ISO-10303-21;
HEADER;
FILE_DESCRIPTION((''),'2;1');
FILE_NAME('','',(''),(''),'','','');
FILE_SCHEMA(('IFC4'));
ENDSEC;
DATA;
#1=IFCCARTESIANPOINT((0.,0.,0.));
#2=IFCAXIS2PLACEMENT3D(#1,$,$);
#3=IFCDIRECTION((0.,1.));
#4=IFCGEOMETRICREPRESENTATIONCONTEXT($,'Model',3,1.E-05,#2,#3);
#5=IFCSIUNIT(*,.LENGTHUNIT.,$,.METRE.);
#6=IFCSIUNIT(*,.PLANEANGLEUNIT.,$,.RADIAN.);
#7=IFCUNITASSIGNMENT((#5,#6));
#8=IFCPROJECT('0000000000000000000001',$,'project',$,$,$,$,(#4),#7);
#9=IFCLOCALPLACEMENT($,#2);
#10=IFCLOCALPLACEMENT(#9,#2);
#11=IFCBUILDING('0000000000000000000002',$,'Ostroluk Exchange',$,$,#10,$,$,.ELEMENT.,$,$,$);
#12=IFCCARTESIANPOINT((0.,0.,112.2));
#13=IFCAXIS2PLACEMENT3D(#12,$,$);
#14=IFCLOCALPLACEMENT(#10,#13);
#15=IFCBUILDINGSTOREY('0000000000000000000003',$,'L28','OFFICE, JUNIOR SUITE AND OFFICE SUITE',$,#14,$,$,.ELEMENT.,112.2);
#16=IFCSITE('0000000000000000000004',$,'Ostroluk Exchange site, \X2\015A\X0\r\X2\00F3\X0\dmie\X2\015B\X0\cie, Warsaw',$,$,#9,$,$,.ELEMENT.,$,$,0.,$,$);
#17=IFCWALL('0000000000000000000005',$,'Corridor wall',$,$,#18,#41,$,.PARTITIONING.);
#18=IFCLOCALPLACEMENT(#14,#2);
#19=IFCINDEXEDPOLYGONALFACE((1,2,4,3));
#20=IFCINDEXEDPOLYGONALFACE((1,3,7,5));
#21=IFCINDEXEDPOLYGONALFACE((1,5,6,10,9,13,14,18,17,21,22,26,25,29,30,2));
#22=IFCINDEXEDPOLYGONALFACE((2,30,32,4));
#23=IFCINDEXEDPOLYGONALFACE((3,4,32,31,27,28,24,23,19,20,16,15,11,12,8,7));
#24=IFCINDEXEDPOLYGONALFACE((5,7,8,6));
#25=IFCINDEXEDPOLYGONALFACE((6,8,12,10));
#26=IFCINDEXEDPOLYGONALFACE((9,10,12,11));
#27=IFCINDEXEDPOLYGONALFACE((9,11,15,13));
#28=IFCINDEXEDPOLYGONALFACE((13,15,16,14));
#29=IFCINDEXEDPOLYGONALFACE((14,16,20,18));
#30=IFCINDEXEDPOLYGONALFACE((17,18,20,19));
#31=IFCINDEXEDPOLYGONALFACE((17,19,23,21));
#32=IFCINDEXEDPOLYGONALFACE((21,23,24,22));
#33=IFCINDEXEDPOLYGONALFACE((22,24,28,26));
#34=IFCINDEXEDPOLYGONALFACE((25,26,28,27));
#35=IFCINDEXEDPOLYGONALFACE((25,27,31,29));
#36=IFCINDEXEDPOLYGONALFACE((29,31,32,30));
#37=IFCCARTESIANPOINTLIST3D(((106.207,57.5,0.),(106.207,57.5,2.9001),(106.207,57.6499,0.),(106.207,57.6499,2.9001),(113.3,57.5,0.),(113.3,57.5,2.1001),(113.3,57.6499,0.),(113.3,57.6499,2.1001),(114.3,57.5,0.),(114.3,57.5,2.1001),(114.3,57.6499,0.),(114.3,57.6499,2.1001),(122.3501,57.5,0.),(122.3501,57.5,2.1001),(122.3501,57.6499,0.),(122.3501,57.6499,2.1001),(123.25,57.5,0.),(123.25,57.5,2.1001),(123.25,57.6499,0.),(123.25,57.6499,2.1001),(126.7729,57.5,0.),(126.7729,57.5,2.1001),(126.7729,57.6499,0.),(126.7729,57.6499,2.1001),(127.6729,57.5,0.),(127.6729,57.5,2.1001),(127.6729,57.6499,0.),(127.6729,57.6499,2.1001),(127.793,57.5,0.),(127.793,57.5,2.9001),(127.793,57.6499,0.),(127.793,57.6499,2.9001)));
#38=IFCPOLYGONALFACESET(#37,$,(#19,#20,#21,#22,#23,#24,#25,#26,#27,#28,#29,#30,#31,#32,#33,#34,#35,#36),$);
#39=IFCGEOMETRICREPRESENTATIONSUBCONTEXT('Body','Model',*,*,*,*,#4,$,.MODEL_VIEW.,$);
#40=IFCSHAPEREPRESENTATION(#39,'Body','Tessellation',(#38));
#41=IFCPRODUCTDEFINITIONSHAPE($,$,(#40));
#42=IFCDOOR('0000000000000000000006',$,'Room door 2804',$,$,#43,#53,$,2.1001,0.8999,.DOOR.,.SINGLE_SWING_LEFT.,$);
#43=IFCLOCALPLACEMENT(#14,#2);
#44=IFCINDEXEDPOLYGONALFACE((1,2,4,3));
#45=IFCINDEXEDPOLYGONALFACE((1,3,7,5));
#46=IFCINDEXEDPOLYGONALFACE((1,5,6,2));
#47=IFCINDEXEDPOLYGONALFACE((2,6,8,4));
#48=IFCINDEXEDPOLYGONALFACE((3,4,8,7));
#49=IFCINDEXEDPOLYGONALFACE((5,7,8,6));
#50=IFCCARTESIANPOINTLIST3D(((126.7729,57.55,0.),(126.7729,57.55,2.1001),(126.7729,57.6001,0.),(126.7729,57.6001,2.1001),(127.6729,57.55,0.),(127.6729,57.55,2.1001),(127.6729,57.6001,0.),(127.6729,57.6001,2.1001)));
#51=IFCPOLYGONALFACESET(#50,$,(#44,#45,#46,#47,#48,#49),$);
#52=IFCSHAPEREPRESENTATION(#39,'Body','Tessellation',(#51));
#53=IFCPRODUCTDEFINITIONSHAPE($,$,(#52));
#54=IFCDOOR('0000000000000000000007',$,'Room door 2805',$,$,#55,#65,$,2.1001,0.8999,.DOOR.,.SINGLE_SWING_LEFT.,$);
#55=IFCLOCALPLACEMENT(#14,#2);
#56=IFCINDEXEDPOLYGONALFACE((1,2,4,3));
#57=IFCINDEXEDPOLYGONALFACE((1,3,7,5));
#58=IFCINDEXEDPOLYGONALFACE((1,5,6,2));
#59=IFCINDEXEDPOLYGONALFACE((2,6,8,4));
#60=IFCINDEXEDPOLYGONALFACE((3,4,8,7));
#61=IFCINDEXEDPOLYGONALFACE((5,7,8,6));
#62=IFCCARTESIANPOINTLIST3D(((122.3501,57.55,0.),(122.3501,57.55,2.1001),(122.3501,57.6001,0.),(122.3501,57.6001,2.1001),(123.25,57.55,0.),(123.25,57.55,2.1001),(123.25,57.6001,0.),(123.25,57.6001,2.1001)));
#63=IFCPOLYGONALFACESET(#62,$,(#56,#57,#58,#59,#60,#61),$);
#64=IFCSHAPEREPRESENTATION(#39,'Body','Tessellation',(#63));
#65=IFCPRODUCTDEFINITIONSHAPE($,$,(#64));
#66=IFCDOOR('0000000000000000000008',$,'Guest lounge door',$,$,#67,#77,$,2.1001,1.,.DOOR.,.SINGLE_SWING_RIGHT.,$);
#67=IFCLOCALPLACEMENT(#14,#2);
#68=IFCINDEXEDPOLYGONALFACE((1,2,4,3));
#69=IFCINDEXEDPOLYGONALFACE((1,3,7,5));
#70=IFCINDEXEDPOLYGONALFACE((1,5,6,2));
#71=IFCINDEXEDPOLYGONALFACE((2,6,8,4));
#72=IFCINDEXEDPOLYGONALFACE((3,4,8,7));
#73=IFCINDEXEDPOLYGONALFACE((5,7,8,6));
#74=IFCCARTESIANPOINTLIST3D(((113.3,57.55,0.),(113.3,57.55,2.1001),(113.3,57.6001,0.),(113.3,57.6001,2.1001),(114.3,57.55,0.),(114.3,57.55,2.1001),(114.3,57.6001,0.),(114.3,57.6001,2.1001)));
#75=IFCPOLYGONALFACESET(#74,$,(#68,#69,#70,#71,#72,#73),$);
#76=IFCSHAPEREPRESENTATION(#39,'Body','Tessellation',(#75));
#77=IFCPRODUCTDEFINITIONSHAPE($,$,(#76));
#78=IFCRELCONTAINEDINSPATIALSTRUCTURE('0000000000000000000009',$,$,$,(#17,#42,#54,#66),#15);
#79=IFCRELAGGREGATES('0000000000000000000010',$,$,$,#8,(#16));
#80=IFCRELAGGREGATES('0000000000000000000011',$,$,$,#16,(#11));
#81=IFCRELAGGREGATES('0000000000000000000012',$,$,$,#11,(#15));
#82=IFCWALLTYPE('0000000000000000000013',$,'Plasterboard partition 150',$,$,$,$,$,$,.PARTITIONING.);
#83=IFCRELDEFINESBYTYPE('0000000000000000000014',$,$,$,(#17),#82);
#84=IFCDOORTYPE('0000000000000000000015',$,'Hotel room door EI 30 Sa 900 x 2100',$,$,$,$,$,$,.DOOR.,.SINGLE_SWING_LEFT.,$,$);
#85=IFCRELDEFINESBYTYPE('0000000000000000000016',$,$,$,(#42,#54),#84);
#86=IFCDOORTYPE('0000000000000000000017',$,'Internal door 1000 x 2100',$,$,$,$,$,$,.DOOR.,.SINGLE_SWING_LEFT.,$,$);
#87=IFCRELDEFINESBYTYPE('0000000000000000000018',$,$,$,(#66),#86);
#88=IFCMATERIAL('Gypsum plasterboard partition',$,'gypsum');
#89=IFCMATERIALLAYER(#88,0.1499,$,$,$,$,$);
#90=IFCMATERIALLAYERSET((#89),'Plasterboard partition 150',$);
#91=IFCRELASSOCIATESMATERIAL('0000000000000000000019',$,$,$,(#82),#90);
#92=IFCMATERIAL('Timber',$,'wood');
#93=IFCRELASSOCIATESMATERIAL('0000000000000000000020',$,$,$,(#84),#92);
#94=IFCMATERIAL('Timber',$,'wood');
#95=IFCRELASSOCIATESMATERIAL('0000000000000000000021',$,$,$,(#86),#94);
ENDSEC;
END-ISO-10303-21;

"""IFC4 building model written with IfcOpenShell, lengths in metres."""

from ifc_helpers import new_model, si_unit, direction, frame, frame_2d, origin, place, context, subcontext, project, spatial, rectangle, extrude, material, layer, layer_set, type_object, element, fill, save


model = new_model("IFC4")

# Units and contexts
model_context = context("Model", 3, precision=1e-05, world=origin(), true_north=direction((0.0, 1.0)))
body_context = subcontext(model_context, "Body", "Model", "MODEL_VIEW")
ifc_project = project(units=[si_unit("LENGTHUNIT", "METRE"), si_unit("PLANEANGLEUNIT", "RADIAN")], contexts=[model_context])

# Site, building, storey
site_placement = place(None, origin())
site = spatial("IfcSite", under=ifc_project, at=site_placement, Name="Ostroluk Exchange site, Śródmieście, Warsaw", CompositionType="ELEMENT", RefElevation=0.0)
building_placement = place(site_placement, origin())
building = spatial("IfcBuilding", under=site, at=building_placement, Name="Ostroluk Exchange", CompositionType="ELEMENT")
storey_placement = place(building_placement, frame((0.0, 0.0, 112.2)))
storey = spatial("IfcBuildingStorey", under=building, at=storey_placement, Name="L28", Description="OFFICE, JUNIOR SUITE AND OFFICE SUITE", CompositionType="ELEMENT", Elevation=112.2)

# Wall, openings, doors
ifc_material_1 = material(Name="Gypsum plasterboard partition", Category="gypsum")
ifc_layer_1 = layer(ifc_material_1, 0.1499)
ifc_layer_set_1 = layer_set([ifc_layer_1], Name="Plasterboard partition 150")
wall_type_1 = type_object("IfcWallType", Name="Plasterboard partition 150", PredefinedType="PARTITIONING", material=ifc_layer_set_1)
wall_1_placement = place(storey_placement, frame((127.793, 57.575, 0.0), z_axis=(0.0, 0.0, 1.0), x_axis=(-1.0, 0.0, 0.0)))
wall_1 = element("IfcWall", 1, at=wall_1_placement, inside=storey, type_object=wall_type_1, Name="Corridor wall", PredefinedType="PARTITIONING", context=body_context, shape_type="SweptSolid", body=[
    extrude(rectangle(XDim=21.5859, YDim=0.1499, at=frame_2d((10.793, 0.0))), origin(), (0.0, 0.0, 1.0), 2.9001),
])
opening_1_placement = place(wall_1_placement, frame((0.1201, 0.0, 0.0)))
opening_1 = element("IfcOpeningElement", 2, at=opening_1_placement, cuts=wall_1, PredefinedType="OPENING", context=body_context, shape_type="SweptSolid", body=[
    extrude(rectangle(XDim=0.8999, YDim=2.1001, at=frame_2d((0.45, 1.05))), frame((0.0, 0.085, 0.0), z_axis=(0.0, -1.0, 0.0), x_axis=(1.0, 0.0, 0.0)), (0.0, 0.0, 1.0), 0.1699),
])
opening_2_placement = place(wall_1_placement, frame((4.543, 0.0, 0.0)))
opening_2 = element("IfcOpeningElement", 3, at=opening_2_placement, cuts=wall_1, PredefinedType="OPENING", context=body_context, shape_type="SweptSolid", body=[
    extrude(rectangle(XDim=0.8999, YDim=2.1001, at=frame_2d((0.45, 1.05))), frame((0.0, 0.085, 0.0), z_axis=(0.0, -1.0, 0.0), x_axis=(1.0, 0.0, 0.0)), (0.0, 0.0, 1.0), 0.1699),
])
opening_3_placement = place(wall_1_placement, frame((13.4929, 0.0, 0.0)))
opening_3 = element("IfcOpeningElement", 4, at=opening_3_placement, cuts=wall_1, PredefinedType="OPENING", context=body_context, shape_type="SweptSolid", body=[
    extrude(rectangle(XDim=1.0, YDim=2.1001, at=frame_2d((0.5, 1.05))), frame((0.0, 0.085, 0.0), z_axis=(0.0, -1.0, 0.0), x_axis=(1.0, 0.0, 0.0)), (0.0, 0.0, 1.0), 0.1699),
])
ifc_material_2 = material(Name="Timber", Category="wood")
door_type_1 = type_object("IfcDoorType", Name="Hotel room door EI 30 Sa 900 x 2100", OperationType="SINGLE_SWING_LEFT", PredefinedType="DOOR", material=ifc_material_2)
door_1_placement = place(opening_1_placement, origin())
door_1 = element("IfcDoor", 5, at=door_1_placement, inside=storey, type_object=door_type_1, Name="Room door 2804", OperationType="SINGLE_SWING_LEFT", OverallHeight=2.1001, OverallWidth=0.8999, PredefinedType="DOOR", context=body_context, shape_type="SweptSolid", body=[
    extrude(rectangle(XDim=0.8999, YDim=2.1001, at=frame_2d((0.45, 1.05))), frame((0.0, 0.0249, 0.0), z_axis=(0.0, -1.0, 0.0), x_axis=(1.0, 0.0, 0.0)), (0.0, 0.0, 1.0), 0.05),
])
fill(opening_1, door_1)
door_2_placement = place(opening_2_placement, origin())
door_2 = element("IfcDoor", 6, at=door_2_placement, inside=storey, type_object=door_type_1, Name="Room door 2805", OperationType="SINGLE_SWING_LEFT", OverallHeight=2.1001, OverallWidth=0.8999, PredefinedType="DOOR", context=body_context, shape_type="SweptSolid", body=[
    extrude(rectangle(XDim=0.8999, YDim=2.1001, at=frame_2d((0.45, 1.05))), frame((0.0, 0.0249, 0.0), z_axis=(0.0, -1.0, 0.0), x_axis=(1.0, 0.0, 0.0)), (0.0, 0.0, 1.0), 0.05),
])
fill(opening_2, door_2)
ifc_material_3 = material(Name="Timber", Category="wood")
door_type_2 = type_object("IfcDoorType", Name="Internal door 1000 x 2100", OperationType="SINGLE_SWING_LEFT", PredefinedType="DOOR", material=ifc_material_3)
door_3_placement = place(opening_3_placement, origin())
door_3 = element("IfcDoor", 7, at=door_3_placement, inside=storey, type_object=door_type_2, Name="Guest lounge door", OperationType="SINGLE_SWING_RIGHT", OverallHeight=2.1001, OverallWidth=1.0, PredefinedType="DOOR", context=body_context, shape_type="SweptSolid", body=[
    extrude(rectangle(XDim=1.0, YDim=2.1001, at=frame_2d((0.5, 1.05))), frame((0.0, 0.0249, 0.0), z_axis=(0.0, -1.0, 0.0), x_axis=(1.0, 0.0, 0.0)), (0.0, 0.0, 1.0), 0.05),
])
fill(opening_3, door_3)

save(model, "model.ifc")
